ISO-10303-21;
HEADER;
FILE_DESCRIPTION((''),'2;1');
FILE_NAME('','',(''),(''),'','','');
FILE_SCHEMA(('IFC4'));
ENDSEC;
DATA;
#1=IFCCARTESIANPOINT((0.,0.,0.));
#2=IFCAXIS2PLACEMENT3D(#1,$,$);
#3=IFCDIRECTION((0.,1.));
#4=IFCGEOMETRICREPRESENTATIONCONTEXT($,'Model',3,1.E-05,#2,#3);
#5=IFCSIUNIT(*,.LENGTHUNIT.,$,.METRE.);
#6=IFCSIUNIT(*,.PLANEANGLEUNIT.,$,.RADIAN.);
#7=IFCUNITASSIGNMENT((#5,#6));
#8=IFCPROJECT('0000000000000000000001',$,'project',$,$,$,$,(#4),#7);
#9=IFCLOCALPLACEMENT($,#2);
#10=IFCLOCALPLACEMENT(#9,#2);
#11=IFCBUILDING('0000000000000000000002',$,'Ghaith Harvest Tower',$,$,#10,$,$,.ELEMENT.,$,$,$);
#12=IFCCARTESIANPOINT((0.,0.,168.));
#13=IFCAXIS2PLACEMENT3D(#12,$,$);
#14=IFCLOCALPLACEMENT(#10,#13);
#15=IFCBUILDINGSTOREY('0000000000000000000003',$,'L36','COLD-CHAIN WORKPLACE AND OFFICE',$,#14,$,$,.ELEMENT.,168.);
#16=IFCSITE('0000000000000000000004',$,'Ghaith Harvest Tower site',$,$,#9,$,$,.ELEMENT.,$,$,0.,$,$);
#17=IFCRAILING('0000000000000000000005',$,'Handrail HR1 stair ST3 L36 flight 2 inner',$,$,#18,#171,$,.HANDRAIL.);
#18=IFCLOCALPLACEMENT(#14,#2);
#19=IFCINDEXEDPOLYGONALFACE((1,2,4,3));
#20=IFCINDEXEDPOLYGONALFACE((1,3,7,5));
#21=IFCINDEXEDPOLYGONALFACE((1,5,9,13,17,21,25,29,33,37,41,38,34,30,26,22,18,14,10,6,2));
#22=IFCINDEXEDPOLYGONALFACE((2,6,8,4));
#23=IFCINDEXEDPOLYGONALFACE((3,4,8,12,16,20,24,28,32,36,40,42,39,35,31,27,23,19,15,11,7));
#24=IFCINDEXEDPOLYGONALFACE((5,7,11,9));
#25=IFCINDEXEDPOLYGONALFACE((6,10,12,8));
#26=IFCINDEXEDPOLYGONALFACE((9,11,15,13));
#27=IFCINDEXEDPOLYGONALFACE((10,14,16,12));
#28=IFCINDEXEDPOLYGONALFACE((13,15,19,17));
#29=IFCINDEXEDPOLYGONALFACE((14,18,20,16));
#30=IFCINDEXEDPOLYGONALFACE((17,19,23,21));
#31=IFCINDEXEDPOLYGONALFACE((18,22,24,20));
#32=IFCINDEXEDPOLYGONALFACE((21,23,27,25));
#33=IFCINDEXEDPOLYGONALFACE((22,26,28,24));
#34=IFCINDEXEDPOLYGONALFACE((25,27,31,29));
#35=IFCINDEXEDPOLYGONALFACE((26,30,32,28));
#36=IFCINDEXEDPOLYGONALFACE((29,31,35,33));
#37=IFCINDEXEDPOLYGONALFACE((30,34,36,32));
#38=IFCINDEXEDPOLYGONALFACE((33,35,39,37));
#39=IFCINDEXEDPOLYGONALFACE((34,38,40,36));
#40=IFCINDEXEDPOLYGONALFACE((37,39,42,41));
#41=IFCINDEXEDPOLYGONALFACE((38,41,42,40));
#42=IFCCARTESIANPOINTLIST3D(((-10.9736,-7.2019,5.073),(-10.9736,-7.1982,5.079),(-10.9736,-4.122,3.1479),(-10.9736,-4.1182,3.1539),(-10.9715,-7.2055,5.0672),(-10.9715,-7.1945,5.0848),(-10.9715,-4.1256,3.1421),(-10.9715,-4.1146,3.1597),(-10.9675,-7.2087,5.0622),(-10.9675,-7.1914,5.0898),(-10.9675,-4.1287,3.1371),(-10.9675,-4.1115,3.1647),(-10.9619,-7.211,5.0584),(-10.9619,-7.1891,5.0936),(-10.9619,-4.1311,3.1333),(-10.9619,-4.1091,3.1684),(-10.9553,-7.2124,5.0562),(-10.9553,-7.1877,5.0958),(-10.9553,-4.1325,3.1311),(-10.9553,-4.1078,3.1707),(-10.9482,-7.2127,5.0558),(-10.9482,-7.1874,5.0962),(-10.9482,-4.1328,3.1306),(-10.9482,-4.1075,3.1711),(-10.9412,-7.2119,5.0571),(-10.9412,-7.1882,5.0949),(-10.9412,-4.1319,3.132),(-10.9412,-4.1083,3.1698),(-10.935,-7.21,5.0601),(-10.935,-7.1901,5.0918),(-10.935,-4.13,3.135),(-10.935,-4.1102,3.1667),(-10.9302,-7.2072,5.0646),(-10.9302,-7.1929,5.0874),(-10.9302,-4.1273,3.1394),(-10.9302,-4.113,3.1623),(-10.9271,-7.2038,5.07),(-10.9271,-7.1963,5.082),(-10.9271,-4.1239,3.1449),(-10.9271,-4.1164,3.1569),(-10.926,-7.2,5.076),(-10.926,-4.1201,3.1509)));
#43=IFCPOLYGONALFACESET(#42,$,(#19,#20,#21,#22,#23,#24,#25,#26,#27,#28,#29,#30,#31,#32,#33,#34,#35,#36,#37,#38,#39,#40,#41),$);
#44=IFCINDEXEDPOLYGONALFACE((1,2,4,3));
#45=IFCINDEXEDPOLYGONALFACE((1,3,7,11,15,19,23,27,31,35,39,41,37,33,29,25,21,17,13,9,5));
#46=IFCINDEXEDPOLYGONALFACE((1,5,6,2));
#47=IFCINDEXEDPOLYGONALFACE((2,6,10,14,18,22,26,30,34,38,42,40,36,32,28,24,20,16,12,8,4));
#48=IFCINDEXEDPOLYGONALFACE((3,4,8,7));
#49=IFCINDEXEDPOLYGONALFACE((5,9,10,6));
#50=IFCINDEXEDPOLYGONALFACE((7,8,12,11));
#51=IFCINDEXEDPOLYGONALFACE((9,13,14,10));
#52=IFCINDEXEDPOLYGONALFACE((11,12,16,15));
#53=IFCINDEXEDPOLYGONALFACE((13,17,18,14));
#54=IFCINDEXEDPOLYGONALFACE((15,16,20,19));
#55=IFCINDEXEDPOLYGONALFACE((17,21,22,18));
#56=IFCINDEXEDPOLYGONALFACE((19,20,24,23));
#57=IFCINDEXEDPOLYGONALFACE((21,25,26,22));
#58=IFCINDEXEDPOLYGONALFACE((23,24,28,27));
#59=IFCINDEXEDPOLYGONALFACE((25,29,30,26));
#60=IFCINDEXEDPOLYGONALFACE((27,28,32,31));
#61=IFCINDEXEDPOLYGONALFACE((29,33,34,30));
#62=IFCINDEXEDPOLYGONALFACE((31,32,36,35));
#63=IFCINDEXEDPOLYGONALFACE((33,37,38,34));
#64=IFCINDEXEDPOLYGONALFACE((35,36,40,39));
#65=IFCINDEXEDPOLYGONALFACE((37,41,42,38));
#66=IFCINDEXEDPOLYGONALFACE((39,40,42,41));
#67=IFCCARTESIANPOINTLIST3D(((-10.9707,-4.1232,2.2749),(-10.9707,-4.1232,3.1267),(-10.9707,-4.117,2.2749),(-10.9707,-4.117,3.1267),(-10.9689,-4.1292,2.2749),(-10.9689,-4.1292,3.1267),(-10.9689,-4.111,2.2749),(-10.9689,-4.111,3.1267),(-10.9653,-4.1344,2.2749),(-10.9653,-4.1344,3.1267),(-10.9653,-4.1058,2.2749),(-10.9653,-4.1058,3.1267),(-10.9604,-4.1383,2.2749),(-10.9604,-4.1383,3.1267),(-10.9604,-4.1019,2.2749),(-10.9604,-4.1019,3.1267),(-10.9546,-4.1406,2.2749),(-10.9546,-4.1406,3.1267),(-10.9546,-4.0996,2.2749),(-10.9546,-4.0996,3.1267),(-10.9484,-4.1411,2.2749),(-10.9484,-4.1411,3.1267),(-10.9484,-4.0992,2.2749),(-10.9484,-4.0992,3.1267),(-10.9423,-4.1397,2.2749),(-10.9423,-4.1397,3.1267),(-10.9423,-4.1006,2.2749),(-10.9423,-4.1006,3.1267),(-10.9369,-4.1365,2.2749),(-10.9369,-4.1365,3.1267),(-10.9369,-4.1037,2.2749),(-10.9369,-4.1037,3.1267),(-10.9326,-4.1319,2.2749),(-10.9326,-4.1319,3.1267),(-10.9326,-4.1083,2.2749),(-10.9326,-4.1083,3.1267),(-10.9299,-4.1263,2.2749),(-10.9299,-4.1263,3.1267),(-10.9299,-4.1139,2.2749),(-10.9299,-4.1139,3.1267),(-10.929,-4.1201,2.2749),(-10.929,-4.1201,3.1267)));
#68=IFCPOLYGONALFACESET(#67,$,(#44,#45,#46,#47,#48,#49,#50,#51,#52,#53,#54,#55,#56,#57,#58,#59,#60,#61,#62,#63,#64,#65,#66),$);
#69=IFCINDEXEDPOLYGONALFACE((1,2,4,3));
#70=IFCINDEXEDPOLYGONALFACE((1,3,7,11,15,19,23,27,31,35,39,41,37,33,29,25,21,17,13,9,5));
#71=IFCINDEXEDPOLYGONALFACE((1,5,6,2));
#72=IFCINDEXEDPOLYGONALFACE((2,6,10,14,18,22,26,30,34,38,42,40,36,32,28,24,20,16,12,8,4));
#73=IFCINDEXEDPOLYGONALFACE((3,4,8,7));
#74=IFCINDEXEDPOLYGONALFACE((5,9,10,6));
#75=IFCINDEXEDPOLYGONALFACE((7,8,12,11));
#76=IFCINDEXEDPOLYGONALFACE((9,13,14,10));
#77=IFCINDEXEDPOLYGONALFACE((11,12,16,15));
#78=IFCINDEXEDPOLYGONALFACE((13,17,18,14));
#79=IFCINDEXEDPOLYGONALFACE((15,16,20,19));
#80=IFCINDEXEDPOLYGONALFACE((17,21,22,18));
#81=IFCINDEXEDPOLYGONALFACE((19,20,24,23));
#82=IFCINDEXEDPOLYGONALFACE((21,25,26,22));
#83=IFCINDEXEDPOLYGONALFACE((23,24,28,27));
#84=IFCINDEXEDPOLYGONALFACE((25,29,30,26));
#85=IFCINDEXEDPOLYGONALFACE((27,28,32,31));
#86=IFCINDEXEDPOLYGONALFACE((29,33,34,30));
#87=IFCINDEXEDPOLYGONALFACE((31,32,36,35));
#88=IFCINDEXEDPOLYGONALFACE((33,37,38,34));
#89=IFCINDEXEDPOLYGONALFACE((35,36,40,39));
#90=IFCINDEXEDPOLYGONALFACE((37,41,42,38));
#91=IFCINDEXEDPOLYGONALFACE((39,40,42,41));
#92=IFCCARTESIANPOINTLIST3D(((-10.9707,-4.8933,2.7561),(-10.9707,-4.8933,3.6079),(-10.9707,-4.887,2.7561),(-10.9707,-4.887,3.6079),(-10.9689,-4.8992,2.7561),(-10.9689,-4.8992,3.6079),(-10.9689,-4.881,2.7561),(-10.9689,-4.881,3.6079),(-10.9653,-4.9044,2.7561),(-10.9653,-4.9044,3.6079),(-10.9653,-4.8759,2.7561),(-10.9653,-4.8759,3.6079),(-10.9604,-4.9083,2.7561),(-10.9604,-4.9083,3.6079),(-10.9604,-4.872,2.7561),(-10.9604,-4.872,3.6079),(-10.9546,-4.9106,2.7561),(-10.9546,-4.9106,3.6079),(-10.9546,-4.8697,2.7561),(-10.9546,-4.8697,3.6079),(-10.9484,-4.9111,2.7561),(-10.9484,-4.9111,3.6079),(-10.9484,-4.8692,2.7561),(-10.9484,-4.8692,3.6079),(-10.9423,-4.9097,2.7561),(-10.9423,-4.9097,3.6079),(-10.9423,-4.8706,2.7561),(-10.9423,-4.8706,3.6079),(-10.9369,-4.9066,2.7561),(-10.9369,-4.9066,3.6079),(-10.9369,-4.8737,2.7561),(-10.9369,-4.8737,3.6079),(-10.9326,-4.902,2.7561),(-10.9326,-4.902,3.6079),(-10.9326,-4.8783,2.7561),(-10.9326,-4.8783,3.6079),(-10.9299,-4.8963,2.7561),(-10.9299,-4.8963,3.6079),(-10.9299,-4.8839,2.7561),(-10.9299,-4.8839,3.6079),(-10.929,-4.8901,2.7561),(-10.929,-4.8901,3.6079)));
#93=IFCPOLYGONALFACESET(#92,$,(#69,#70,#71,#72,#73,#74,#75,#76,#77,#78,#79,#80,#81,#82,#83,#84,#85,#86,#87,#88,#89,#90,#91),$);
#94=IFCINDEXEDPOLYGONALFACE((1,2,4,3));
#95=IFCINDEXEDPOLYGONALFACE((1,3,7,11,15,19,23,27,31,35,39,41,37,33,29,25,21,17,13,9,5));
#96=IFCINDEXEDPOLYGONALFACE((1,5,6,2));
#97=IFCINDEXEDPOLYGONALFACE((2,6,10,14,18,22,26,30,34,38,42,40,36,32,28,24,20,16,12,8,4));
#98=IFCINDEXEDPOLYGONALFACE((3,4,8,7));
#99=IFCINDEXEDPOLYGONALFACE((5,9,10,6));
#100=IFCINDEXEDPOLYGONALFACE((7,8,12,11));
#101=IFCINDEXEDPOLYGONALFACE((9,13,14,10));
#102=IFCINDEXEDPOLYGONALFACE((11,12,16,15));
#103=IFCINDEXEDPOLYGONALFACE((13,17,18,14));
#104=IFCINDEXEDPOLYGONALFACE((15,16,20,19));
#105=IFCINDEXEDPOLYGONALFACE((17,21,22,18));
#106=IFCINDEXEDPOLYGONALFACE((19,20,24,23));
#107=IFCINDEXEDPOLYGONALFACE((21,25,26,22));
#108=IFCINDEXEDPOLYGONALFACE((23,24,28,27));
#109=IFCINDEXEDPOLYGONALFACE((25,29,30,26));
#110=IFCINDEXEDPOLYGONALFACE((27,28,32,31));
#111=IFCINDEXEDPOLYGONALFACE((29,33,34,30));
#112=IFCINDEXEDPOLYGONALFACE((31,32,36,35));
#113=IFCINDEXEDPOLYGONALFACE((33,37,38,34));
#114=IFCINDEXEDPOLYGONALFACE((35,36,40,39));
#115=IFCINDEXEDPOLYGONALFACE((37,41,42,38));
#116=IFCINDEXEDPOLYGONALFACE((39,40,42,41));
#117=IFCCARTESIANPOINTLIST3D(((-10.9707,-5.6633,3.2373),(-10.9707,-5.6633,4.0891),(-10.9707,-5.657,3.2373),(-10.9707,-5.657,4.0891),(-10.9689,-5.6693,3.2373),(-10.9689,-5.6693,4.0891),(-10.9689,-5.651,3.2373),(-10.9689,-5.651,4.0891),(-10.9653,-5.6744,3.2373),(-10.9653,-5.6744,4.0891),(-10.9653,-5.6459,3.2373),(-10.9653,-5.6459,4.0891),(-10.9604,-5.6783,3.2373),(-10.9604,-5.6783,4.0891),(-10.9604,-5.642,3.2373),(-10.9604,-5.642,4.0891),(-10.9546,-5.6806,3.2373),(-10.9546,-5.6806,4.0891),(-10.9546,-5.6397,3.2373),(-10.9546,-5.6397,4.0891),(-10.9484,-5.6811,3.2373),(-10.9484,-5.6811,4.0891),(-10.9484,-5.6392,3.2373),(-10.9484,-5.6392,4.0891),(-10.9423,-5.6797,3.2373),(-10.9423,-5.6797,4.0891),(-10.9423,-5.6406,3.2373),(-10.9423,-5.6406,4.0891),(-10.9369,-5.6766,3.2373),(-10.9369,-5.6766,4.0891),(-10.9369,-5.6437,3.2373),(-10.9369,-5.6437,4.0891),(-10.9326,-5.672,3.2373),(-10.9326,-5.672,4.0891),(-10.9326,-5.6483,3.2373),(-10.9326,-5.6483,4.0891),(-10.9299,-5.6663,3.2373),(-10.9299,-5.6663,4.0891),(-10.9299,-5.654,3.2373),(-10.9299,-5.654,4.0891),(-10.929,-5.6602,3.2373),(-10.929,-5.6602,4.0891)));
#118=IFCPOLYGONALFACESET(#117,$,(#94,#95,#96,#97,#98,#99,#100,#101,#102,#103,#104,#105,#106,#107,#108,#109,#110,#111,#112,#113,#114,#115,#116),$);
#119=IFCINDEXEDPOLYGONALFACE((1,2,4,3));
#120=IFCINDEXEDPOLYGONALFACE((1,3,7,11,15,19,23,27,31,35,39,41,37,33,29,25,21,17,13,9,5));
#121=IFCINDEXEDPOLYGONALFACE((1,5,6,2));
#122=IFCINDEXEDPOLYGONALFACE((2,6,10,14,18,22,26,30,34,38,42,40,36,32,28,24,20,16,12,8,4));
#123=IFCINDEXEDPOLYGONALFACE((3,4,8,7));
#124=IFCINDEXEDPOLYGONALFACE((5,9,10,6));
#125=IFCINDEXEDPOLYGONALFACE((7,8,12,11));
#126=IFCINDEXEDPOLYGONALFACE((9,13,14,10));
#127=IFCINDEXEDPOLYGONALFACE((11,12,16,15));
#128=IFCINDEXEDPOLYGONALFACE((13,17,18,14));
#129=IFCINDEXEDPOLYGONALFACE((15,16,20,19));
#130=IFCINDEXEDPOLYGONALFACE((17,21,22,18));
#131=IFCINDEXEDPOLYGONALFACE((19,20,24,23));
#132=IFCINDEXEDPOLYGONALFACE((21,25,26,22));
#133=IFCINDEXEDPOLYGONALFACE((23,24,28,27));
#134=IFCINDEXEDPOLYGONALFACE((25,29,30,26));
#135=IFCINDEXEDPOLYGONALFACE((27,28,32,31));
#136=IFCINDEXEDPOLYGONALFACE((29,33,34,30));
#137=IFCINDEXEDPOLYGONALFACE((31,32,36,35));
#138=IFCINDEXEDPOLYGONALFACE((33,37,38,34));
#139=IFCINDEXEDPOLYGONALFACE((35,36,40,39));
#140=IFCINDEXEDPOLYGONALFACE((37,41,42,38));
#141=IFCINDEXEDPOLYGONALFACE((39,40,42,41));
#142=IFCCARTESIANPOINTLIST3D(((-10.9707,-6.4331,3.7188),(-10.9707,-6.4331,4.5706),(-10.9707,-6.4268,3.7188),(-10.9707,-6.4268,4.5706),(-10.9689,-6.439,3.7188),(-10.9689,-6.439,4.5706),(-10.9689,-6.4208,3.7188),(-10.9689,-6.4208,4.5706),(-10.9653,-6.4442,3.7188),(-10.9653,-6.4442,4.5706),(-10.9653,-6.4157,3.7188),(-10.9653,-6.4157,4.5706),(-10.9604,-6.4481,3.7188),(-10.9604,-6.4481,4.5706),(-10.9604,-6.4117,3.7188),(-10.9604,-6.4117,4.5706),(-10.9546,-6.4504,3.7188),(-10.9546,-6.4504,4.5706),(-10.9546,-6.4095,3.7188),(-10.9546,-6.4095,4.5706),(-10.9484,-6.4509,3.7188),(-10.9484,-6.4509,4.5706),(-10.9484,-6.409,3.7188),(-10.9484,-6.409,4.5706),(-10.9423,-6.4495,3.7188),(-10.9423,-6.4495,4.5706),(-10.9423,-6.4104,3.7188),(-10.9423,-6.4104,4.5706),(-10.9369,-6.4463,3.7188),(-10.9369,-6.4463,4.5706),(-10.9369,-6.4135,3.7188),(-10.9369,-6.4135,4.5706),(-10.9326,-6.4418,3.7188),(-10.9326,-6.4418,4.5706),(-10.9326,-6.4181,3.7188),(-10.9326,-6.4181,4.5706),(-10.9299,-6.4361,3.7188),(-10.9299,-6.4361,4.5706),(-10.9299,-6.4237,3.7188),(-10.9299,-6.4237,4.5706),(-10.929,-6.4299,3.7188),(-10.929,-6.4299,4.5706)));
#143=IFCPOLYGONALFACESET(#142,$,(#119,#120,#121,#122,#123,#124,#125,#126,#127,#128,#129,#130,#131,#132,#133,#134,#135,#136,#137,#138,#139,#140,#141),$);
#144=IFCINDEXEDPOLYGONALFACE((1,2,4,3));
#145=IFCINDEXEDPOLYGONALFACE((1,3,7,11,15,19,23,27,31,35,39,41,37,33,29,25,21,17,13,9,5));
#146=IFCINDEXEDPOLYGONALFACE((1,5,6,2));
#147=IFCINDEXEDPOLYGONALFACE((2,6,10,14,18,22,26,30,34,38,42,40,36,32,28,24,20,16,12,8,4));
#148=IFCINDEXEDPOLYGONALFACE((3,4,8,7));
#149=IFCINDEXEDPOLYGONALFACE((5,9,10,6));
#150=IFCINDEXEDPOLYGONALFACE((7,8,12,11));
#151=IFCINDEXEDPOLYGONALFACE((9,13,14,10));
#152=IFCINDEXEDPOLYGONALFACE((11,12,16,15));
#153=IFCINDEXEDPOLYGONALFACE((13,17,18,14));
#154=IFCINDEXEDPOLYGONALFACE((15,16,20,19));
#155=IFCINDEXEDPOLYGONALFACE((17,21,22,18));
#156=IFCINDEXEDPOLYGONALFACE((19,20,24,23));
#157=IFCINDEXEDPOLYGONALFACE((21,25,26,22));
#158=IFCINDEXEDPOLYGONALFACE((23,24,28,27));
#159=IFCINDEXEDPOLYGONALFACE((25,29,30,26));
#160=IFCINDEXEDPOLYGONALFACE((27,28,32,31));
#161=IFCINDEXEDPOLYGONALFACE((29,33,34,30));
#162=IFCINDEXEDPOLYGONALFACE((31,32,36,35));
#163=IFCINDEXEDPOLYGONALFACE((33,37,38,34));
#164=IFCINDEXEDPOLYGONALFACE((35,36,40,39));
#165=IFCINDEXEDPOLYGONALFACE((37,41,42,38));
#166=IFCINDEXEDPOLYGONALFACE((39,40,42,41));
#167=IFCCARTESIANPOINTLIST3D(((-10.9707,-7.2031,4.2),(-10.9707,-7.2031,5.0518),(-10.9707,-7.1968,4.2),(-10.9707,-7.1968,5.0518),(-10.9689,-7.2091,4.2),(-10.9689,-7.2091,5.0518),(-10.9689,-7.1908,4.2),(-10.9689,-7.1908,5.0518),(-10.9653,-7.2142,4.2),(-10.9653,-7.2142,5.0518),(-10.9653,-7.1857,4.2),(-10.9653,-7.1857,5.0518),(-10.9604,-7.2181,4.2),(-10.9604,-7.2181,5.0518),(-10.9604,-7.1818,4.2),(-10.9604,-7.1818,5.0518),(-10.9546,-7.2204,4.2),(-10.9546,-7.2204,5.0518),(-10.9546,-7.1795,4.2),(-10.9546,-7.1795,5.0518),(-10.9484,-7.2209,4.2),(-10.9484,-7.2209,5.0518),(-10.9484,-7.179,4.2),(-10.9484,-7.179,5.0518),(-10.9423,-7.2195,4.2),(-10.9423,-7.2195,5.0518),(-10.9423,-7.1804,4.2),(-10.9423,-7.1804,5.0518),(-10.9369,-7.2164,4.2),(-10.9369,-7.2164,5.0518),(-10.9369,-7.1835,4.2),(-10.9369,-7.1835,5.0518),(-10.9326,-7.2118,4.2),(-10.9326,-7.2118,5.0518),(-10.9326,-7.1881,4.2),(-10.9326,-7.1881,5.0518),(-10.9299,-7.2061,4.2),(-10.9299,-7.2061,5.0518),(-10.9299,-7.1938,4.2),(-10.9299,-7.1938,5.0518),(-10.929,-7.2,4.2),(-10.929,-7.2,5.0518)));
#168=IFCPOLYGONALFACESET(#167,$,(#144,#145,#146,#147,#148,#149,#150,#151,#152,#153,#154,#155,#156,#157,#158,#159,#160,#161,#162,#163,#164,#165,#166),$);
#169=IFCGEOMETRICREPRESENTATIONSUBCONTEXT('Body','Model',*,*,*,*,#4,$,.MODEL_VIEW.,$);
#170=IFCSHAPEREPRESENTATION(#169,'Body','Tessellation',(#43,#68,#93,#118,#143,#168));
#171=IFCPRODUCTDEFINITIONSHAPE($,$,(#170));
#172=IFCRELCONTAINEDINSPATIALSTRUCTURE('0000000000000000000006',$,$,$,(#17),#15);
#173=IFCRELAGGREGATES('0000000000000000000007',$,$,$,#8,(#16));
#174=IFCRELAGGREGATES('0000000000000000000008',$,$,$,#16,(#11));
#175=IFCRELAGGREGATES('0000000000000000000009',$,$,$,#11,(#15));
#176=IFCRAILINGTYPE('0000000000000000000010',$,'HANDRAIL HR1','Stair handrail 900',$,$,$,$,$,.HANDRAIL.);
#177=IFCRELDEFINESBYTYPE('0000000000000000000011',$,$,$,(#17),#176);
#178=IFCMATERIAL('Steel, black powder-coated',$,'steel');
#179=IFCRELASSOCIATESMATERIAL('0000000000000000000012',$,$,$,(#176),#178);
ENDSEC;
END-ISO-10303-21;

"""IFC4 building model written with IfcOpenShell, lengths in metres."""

from ifc_helpers import new_model, si_unit, direction, frame, origin, origin_2d, place, context, subcontext, project, spatial, circle, extrude, material, type_object, element, save


model = new_model("IFC4")

# Units and contexts
model_context = context("Model", 3, precision=1e-05, world=origin(), true_north=direction((0.0, 1.0)))
body_context = subcontext(model_context, "Body", "Model", "MODEL_VIEW")
ifc_project = project(units=[si_unit("LENGTHUNIT", "METRE"), si_unit("PLANEANGLEUNIT", "RADIAN")], contexts=[model_context])

# Site, building, storey
site_placement = place(None, origin())
site = spatial("IfcSite", under=ifc_project, at=site_placement, Name="Ghaith Harvest Tower site", CompositionType="ELEMENT", RefElevation=0.0)
building_placement = place(site_placement, origin())
building = spatial("IfcBuilding", under=site, at=building_placement, Name="Ghaith Harvest Tower", CompositionType="ELEMENT")
storey_placement = place(building_placement, frame((0.0, 0.0, 168.0)))
storey = spatial("IfcBuildingStorey", under=building, at=storey_placement, Name="L36", Description="COLD-CHAIN WORKPLACE AND OFFICE", CompositionType="ELEMENT", Elevation=168.0)

# Railing
ifc_material_1 = material(Name="Steel, black powder-coated", Category="steel")
railing_type = type_object("IfcRailingType", Name="HANDRAIL HR1", Description="Stair handrail 900", PredefinedType="HANDRAIL", material=ifc_material_1)
railing_1_placement = place(storey_placement, frame((-10.95, -4.1201, 2.2749)))
element("IfcRailing", 1, at=railing_1_placement, inside=storey, type_object=railing_type, Name="Handrail HR1 stair ST3 L36 flight 2 inner", PredefinedType="HANDRAIL", context=body_context, shape_type="SweptSolid", body=[
    extrude(circle(Radius=0.0239, at=origin_2d()), frame((0.0, 0.0, 0.876), z_axis=(0.0, -0.847979, 0.530029), x_axis=(1.0, 0.0, 0.0)), (0.0, 0.0, 1.0), 3.6321),
    extrude(circle(Radius=0.021, at=origin_2d()), origin(), (0.0, 0.0, 1.0), 0.8518),
    extrude(circle(Radius=0.021, at=origin_2d()), frame((0.0, -0.77, 0.4812)), (0.0, 0.0, 1.0), 0.8518),
    extrude(circle(Radius=0.021, at=origin_2d()), frame((0.0, -1.54, 0.9624)), (0.0, 0.0, 1.0), 0.8518),
    extrude(circle(Radius=0.021, at=origin_2d()), frame((0.0, -2.3098, 1.4438)), (0.0, 0.0, 1.0), 0.8518),
    extrude(circle(Radius=0.021, at=origin_2d()), frame((0.0, -3.0798, 1.925)), (0.0, 0.0, 1.0), 0.8518),
])

save(model, "model.ifc")
